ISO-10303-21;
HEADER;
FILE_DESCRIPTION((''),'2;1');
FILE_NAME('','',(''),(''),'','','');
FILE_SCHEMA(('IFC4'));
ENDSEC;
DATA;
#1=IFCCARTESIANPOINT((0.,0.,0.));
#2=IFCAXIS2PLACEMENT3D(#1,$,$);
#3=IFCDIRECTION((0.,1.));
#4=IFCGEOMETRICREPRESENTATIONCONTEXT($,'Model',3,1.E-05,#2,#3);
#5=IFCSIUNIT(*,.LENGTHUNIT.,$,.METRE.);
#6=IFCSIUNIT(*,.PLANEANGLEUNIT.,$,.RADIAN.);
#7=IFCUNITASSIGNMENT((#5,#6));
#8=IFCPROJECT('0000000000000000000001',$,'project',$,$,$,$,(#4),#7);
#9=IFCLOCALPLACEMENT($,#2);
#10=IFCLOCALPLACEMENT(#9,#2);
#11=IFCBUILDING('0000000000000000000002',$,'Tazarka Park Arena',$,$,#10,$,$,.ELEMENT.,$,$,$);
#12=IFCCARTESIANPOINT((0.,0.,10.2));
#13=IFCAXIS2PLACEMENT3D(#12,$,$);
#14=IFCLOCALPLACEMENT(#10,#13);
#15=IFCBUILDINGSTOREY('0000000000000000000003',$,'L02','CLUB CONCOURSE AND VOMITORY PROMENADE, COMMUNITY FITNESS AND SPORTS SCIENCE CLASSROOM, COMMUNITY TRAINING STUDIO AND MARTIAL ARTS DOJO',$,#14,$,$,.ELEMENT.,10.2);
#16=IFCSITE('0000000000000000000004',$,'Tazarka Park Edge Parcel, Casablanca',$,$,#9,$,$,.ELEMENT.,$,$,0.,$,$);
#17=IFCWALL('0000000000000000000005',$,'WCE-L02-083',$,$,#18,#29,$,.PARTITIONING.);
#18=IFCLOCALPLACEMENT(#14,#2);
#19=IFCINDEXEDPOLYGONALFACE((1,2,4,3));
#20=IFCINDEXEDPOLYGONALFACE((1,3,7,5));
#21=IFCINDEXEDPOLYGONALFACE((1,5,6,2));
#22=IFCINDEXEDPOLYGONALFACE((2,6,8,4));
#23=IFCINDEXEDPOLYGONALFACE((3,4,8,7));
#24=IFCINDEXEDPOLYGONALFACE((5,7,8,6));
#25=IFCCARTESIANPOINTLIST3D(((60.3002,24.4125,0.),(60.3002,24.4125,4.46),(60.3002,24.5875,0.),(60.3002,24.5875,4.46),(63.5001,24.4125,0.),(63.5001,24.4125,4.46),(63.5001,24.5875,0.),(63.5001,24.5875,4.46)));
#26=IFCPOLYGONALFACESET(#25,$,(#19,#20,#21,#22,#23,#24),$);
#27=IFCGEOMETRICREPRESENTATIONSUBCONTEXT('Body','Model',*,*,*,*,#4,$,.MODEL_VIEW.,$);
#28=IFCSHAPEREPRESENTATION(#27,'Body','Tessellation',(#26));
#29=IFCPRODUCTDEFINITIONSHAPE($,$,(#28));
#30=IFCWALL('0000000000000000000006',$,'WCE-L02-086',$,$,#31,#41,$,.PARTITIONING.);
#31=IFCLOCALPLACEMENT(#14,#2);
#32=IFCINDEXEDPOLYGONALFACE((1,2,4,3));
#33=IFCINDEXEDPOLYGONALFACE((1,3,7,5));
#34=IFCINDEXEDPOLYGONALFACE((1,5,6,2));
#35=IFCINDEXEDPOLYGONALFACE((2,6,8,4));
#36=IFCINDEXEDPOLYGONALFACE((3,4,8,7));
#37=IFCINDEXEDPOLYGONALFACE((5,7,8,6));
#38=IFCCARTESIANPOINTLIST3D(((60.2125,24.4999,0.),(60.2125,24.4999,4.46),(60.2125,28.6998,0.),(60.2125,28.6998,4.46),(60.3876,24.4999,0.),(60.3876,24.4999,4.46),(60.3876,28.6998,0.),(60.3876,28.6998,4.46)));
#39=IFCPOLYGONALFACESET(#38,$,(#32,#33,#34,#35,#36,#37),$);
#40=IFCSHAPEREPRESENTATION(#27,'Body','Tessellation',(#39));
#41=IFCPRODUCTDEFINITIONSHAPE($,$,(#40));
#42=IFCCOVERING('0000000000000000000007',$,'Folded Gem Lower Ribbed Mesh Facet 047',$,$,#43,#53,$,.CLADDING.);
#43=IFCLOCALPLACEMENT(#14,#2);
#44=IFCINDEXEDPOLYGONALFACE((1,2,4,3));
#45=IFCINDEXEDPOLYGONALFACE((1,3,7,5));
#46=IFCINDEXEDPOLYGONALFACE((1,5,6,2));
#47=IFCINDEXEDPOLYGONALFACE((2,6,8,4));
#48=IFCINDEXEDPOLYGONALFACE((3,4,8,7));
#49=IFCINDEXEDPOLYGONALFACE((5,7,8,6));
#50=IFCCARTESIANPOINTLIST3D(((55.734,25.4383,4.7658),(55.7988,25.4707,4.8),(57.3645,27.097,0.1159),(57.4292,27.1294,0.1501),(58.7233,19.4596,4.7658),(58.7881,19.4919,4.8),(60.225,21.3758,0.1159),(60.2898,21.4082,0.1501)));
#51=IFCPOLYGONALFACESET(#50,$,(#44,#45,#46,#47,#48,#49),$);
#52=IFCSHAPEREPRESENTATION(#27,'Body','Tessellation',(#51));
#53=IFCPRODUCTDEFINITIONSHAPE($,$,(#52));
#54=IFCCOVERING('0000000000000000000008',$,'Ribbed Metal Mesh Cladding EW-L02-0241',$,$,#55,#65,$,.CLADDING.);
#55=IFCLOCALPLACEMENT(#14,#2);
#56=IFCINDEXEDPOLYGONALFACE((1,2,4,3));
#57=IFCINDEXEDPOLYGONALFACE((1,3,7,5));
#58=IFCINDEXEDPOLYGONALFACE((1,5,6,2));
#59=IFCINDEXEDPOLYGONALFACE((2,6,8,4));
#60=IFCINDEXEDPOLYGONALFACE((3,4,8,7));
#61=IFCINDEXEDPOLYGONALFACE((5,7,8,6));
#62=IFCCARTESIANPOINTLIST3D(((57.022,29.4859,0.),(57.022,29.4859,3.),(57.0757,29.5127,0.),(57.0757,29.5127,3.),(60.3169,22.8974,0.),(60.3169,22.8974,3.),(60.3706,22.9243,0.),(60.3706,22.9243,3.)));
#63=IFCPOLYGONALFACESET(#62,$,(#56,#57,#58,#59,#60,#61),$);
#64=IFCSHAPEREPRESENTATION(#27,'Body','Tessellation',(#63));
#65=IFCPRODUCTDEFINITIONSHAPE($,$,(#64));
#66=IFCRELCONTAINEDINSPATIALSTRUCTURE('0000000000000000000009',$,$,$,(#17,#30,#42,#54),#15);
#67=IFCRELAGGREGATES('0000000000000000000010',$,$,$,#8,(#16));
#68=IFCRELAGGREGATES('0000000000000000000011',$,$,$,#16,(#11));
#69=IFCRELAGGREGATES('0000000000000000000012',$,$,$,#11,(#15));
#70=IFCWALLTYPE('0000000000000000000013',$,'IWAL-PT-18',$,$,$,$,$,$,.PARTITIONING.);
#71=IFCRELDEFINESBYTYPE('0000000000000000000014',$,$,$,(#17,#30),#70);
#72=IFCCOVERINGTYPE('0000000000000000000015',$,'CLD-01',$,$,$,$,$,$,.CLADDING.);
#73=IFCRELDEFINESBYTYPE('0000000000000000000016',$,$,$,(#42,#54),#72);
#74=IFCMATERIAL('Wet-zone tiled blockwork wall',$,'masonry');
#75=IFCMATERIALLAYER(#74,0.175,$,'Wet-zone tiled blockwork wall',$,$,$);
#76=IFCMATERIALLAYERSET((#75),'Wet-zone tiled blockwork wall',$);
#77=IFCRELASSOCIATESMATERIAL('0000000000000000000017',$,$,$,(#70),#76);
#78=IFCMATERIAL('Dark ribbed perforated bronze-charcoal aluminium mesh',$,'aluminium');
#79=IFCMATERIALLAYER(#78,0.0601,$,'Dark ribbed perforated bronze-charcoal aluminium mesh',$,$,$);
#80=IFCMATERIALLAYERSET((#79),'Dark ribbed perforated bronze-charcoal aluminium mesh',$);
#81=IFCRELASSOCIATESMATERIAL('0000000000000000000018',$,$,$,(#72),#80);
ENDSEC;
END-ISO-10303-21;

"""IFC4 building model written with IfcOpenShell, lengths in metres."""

from ifc_helpers import new_model, si_unit, direction, frame, frame_2d, origin, origin_2d, place, context, subcontext, project, spatial, polyline, rectangle, outline, extrude, material, layer, layer_set, type_object, element, save


model = new_model("IFC4")

# Units and contexts
model_context = context("Model", 3, precision=1e-05, world=origin(), true_north=direction((0.0, 1.0)))
body_context = subcontext(model_context, "Body", "Model", "MODEL_VIEW")
ifc_project = project(units=[si_unit("LENGTHUNIT", "METRE"), si_unit("PLANEANGLEUNIT", "RADIAN")], contexts=[model_context])

# Site, building, storey
site_placement = place(None, origin())
site = spatial("IfcSite", under=ifc_project, at=site_placement, Name="Tazarka Park Edge Parcel, Casablanca", CompositionType="ELEMENT", RefElevation=0.0)
building_placement = place(site_placement, origin())
building = spatial("IfcBuilding", under=site, at=building_placement, Name="Tazarka Park Arena", CompositionType="ELEMENT")
storey_placement = place(building_placement, frame((0.0, 0.0, 10.2)))
storey = spatial("IfcBuildingStorey", under=building, at=storey_placement, Name="L02", Description="CLUB CONCOURSE AND VOMITORY PROMENADE, COMMUNITY FITNESS AND SPORTS SCIENCE CLASSROOM, COMMUNITY TRAINING STUDIO AND MARTIAL ARTS DOJO", CompositionType="ELEMENT", Elevation=10.2)

# Walls
ifc_material_1 = material(Name="Wet-zone tiled blockwork wall", Category="masonry")
ifc_layer_1 = layer(ifc_material_1, 0.175, Name="Wet-zone tiled blockwork wall")
ifc_layer_set_1 = layer_set([ifc_layer_1], Name="Wet-zone tiled blockwork wall")
wall_type_1 = type_object("IfcWallType", Name="IWAL-PT-18", PredefinedType="PARTITIONING", material=ifc_layer_set_1)
wall_1_placement = place(storey_placement, frame((60.3, 24.5, 0.0), z_axis=(0.0, 0.0, 1.0), x_axis=(1.0, 0.0, 0.0)))
element("IfcWall", 1, at=wall_1_placement, inside=storey, type_object=wall_type_1, Name="WCE-L02-083", PredefinedType="PARTITIONING", context=body_context, shape_type="SweptSolid", body=[
    extrude(rectangle(XDim=3.2, YDim=0.175, at=frame_2d((1.6001, 0.0))), origin(), (0.0, 0.0, 1.0), 4.46),
])
wall_2_placement = place(storey_placement, frame((60.3, 28.7, 0.0), z_axis=(0.0, 0.0, 1.0), x_axis=(0.0, -1.0, 0.0)))
element("IfcWall", 2, at=wall_2_placement, inside=storey, type_object=wall_type_1, Name="WCE-L02-086", PredefinedType="PARTITIONING", context=body_context, shape_type="SweptSolid", body=[
    extrude(rectangle(XDim=4.2, YDim=0.175, at=frame_2d((2.1001, 0.0))), origin(), (0.0, 0.0, 1.0), 4.46),
])

# Coverings
ifc_material_2 = material(Name="Dark ribbed perforated bronze-charcoal aluminium mesh", Category="aluminium")
ifc_layer_2 = layer(ifc_material_2, 0.0601, Name="Dark ribbed perforated bronze-charcoal aluminium mesh")
ifc_layer_set_2 = layer_set([ifc_layer_2], Name="Dark ribbed perforated bronze-charcoal aluminium mesh")
covering_type = type_object("IfcCoveringType", Name="CLD-01", PredefinedType="CLADDING", material=ifc_layer_set_2)
covering_1_placement = place(storey_placement, frame((57.4292, 27.1294, 0.1501), z_axis=(0.808499, 0.404241, 0.427689), x_axis=(0.447207, -0.89443, -0.000003)))
element("IfcCovering", 3, at=covering_1_placement, inside=storey, type_object=covering_type, Name="Folded Gem Lower Ribbed Mesh Facet 047", PredefinedType="CLADDING", context=body_context, shape_type="SweptSolid", body=[
    extrude(outline(polyline([(0.0, 0.0), (6.3965, 0.0), (7.4389, -5.1441), (0.7545, -5.1441), (0.0, 0.0)])), origin(), (0.0, 0.0, -1.0), 0.0801),
])
covering_2_placement = place(storey_placement, frame((58.6963, 26.2051, 0.0), z_axis=(0.0, 0.0, 1.0), x_axis=(-0.447291, 0.894389, 0.0)))
element("IfcCovering", 4, at=covering_2_placement, inside=storey, type_object=covering_type, Name="Ribbed Metal Mesh Cladding EW-L02-0241", PredefinedType="CLADDING", context=body_context, shape_type="SweptSolid", body=[
    extrude(rectangle(XDim=7.3665, YDim=0.0601, at=origin_2d()), origin(), (0.0, 0.0, 1.0), 3.0),
])

save(model, "model.ifc")
